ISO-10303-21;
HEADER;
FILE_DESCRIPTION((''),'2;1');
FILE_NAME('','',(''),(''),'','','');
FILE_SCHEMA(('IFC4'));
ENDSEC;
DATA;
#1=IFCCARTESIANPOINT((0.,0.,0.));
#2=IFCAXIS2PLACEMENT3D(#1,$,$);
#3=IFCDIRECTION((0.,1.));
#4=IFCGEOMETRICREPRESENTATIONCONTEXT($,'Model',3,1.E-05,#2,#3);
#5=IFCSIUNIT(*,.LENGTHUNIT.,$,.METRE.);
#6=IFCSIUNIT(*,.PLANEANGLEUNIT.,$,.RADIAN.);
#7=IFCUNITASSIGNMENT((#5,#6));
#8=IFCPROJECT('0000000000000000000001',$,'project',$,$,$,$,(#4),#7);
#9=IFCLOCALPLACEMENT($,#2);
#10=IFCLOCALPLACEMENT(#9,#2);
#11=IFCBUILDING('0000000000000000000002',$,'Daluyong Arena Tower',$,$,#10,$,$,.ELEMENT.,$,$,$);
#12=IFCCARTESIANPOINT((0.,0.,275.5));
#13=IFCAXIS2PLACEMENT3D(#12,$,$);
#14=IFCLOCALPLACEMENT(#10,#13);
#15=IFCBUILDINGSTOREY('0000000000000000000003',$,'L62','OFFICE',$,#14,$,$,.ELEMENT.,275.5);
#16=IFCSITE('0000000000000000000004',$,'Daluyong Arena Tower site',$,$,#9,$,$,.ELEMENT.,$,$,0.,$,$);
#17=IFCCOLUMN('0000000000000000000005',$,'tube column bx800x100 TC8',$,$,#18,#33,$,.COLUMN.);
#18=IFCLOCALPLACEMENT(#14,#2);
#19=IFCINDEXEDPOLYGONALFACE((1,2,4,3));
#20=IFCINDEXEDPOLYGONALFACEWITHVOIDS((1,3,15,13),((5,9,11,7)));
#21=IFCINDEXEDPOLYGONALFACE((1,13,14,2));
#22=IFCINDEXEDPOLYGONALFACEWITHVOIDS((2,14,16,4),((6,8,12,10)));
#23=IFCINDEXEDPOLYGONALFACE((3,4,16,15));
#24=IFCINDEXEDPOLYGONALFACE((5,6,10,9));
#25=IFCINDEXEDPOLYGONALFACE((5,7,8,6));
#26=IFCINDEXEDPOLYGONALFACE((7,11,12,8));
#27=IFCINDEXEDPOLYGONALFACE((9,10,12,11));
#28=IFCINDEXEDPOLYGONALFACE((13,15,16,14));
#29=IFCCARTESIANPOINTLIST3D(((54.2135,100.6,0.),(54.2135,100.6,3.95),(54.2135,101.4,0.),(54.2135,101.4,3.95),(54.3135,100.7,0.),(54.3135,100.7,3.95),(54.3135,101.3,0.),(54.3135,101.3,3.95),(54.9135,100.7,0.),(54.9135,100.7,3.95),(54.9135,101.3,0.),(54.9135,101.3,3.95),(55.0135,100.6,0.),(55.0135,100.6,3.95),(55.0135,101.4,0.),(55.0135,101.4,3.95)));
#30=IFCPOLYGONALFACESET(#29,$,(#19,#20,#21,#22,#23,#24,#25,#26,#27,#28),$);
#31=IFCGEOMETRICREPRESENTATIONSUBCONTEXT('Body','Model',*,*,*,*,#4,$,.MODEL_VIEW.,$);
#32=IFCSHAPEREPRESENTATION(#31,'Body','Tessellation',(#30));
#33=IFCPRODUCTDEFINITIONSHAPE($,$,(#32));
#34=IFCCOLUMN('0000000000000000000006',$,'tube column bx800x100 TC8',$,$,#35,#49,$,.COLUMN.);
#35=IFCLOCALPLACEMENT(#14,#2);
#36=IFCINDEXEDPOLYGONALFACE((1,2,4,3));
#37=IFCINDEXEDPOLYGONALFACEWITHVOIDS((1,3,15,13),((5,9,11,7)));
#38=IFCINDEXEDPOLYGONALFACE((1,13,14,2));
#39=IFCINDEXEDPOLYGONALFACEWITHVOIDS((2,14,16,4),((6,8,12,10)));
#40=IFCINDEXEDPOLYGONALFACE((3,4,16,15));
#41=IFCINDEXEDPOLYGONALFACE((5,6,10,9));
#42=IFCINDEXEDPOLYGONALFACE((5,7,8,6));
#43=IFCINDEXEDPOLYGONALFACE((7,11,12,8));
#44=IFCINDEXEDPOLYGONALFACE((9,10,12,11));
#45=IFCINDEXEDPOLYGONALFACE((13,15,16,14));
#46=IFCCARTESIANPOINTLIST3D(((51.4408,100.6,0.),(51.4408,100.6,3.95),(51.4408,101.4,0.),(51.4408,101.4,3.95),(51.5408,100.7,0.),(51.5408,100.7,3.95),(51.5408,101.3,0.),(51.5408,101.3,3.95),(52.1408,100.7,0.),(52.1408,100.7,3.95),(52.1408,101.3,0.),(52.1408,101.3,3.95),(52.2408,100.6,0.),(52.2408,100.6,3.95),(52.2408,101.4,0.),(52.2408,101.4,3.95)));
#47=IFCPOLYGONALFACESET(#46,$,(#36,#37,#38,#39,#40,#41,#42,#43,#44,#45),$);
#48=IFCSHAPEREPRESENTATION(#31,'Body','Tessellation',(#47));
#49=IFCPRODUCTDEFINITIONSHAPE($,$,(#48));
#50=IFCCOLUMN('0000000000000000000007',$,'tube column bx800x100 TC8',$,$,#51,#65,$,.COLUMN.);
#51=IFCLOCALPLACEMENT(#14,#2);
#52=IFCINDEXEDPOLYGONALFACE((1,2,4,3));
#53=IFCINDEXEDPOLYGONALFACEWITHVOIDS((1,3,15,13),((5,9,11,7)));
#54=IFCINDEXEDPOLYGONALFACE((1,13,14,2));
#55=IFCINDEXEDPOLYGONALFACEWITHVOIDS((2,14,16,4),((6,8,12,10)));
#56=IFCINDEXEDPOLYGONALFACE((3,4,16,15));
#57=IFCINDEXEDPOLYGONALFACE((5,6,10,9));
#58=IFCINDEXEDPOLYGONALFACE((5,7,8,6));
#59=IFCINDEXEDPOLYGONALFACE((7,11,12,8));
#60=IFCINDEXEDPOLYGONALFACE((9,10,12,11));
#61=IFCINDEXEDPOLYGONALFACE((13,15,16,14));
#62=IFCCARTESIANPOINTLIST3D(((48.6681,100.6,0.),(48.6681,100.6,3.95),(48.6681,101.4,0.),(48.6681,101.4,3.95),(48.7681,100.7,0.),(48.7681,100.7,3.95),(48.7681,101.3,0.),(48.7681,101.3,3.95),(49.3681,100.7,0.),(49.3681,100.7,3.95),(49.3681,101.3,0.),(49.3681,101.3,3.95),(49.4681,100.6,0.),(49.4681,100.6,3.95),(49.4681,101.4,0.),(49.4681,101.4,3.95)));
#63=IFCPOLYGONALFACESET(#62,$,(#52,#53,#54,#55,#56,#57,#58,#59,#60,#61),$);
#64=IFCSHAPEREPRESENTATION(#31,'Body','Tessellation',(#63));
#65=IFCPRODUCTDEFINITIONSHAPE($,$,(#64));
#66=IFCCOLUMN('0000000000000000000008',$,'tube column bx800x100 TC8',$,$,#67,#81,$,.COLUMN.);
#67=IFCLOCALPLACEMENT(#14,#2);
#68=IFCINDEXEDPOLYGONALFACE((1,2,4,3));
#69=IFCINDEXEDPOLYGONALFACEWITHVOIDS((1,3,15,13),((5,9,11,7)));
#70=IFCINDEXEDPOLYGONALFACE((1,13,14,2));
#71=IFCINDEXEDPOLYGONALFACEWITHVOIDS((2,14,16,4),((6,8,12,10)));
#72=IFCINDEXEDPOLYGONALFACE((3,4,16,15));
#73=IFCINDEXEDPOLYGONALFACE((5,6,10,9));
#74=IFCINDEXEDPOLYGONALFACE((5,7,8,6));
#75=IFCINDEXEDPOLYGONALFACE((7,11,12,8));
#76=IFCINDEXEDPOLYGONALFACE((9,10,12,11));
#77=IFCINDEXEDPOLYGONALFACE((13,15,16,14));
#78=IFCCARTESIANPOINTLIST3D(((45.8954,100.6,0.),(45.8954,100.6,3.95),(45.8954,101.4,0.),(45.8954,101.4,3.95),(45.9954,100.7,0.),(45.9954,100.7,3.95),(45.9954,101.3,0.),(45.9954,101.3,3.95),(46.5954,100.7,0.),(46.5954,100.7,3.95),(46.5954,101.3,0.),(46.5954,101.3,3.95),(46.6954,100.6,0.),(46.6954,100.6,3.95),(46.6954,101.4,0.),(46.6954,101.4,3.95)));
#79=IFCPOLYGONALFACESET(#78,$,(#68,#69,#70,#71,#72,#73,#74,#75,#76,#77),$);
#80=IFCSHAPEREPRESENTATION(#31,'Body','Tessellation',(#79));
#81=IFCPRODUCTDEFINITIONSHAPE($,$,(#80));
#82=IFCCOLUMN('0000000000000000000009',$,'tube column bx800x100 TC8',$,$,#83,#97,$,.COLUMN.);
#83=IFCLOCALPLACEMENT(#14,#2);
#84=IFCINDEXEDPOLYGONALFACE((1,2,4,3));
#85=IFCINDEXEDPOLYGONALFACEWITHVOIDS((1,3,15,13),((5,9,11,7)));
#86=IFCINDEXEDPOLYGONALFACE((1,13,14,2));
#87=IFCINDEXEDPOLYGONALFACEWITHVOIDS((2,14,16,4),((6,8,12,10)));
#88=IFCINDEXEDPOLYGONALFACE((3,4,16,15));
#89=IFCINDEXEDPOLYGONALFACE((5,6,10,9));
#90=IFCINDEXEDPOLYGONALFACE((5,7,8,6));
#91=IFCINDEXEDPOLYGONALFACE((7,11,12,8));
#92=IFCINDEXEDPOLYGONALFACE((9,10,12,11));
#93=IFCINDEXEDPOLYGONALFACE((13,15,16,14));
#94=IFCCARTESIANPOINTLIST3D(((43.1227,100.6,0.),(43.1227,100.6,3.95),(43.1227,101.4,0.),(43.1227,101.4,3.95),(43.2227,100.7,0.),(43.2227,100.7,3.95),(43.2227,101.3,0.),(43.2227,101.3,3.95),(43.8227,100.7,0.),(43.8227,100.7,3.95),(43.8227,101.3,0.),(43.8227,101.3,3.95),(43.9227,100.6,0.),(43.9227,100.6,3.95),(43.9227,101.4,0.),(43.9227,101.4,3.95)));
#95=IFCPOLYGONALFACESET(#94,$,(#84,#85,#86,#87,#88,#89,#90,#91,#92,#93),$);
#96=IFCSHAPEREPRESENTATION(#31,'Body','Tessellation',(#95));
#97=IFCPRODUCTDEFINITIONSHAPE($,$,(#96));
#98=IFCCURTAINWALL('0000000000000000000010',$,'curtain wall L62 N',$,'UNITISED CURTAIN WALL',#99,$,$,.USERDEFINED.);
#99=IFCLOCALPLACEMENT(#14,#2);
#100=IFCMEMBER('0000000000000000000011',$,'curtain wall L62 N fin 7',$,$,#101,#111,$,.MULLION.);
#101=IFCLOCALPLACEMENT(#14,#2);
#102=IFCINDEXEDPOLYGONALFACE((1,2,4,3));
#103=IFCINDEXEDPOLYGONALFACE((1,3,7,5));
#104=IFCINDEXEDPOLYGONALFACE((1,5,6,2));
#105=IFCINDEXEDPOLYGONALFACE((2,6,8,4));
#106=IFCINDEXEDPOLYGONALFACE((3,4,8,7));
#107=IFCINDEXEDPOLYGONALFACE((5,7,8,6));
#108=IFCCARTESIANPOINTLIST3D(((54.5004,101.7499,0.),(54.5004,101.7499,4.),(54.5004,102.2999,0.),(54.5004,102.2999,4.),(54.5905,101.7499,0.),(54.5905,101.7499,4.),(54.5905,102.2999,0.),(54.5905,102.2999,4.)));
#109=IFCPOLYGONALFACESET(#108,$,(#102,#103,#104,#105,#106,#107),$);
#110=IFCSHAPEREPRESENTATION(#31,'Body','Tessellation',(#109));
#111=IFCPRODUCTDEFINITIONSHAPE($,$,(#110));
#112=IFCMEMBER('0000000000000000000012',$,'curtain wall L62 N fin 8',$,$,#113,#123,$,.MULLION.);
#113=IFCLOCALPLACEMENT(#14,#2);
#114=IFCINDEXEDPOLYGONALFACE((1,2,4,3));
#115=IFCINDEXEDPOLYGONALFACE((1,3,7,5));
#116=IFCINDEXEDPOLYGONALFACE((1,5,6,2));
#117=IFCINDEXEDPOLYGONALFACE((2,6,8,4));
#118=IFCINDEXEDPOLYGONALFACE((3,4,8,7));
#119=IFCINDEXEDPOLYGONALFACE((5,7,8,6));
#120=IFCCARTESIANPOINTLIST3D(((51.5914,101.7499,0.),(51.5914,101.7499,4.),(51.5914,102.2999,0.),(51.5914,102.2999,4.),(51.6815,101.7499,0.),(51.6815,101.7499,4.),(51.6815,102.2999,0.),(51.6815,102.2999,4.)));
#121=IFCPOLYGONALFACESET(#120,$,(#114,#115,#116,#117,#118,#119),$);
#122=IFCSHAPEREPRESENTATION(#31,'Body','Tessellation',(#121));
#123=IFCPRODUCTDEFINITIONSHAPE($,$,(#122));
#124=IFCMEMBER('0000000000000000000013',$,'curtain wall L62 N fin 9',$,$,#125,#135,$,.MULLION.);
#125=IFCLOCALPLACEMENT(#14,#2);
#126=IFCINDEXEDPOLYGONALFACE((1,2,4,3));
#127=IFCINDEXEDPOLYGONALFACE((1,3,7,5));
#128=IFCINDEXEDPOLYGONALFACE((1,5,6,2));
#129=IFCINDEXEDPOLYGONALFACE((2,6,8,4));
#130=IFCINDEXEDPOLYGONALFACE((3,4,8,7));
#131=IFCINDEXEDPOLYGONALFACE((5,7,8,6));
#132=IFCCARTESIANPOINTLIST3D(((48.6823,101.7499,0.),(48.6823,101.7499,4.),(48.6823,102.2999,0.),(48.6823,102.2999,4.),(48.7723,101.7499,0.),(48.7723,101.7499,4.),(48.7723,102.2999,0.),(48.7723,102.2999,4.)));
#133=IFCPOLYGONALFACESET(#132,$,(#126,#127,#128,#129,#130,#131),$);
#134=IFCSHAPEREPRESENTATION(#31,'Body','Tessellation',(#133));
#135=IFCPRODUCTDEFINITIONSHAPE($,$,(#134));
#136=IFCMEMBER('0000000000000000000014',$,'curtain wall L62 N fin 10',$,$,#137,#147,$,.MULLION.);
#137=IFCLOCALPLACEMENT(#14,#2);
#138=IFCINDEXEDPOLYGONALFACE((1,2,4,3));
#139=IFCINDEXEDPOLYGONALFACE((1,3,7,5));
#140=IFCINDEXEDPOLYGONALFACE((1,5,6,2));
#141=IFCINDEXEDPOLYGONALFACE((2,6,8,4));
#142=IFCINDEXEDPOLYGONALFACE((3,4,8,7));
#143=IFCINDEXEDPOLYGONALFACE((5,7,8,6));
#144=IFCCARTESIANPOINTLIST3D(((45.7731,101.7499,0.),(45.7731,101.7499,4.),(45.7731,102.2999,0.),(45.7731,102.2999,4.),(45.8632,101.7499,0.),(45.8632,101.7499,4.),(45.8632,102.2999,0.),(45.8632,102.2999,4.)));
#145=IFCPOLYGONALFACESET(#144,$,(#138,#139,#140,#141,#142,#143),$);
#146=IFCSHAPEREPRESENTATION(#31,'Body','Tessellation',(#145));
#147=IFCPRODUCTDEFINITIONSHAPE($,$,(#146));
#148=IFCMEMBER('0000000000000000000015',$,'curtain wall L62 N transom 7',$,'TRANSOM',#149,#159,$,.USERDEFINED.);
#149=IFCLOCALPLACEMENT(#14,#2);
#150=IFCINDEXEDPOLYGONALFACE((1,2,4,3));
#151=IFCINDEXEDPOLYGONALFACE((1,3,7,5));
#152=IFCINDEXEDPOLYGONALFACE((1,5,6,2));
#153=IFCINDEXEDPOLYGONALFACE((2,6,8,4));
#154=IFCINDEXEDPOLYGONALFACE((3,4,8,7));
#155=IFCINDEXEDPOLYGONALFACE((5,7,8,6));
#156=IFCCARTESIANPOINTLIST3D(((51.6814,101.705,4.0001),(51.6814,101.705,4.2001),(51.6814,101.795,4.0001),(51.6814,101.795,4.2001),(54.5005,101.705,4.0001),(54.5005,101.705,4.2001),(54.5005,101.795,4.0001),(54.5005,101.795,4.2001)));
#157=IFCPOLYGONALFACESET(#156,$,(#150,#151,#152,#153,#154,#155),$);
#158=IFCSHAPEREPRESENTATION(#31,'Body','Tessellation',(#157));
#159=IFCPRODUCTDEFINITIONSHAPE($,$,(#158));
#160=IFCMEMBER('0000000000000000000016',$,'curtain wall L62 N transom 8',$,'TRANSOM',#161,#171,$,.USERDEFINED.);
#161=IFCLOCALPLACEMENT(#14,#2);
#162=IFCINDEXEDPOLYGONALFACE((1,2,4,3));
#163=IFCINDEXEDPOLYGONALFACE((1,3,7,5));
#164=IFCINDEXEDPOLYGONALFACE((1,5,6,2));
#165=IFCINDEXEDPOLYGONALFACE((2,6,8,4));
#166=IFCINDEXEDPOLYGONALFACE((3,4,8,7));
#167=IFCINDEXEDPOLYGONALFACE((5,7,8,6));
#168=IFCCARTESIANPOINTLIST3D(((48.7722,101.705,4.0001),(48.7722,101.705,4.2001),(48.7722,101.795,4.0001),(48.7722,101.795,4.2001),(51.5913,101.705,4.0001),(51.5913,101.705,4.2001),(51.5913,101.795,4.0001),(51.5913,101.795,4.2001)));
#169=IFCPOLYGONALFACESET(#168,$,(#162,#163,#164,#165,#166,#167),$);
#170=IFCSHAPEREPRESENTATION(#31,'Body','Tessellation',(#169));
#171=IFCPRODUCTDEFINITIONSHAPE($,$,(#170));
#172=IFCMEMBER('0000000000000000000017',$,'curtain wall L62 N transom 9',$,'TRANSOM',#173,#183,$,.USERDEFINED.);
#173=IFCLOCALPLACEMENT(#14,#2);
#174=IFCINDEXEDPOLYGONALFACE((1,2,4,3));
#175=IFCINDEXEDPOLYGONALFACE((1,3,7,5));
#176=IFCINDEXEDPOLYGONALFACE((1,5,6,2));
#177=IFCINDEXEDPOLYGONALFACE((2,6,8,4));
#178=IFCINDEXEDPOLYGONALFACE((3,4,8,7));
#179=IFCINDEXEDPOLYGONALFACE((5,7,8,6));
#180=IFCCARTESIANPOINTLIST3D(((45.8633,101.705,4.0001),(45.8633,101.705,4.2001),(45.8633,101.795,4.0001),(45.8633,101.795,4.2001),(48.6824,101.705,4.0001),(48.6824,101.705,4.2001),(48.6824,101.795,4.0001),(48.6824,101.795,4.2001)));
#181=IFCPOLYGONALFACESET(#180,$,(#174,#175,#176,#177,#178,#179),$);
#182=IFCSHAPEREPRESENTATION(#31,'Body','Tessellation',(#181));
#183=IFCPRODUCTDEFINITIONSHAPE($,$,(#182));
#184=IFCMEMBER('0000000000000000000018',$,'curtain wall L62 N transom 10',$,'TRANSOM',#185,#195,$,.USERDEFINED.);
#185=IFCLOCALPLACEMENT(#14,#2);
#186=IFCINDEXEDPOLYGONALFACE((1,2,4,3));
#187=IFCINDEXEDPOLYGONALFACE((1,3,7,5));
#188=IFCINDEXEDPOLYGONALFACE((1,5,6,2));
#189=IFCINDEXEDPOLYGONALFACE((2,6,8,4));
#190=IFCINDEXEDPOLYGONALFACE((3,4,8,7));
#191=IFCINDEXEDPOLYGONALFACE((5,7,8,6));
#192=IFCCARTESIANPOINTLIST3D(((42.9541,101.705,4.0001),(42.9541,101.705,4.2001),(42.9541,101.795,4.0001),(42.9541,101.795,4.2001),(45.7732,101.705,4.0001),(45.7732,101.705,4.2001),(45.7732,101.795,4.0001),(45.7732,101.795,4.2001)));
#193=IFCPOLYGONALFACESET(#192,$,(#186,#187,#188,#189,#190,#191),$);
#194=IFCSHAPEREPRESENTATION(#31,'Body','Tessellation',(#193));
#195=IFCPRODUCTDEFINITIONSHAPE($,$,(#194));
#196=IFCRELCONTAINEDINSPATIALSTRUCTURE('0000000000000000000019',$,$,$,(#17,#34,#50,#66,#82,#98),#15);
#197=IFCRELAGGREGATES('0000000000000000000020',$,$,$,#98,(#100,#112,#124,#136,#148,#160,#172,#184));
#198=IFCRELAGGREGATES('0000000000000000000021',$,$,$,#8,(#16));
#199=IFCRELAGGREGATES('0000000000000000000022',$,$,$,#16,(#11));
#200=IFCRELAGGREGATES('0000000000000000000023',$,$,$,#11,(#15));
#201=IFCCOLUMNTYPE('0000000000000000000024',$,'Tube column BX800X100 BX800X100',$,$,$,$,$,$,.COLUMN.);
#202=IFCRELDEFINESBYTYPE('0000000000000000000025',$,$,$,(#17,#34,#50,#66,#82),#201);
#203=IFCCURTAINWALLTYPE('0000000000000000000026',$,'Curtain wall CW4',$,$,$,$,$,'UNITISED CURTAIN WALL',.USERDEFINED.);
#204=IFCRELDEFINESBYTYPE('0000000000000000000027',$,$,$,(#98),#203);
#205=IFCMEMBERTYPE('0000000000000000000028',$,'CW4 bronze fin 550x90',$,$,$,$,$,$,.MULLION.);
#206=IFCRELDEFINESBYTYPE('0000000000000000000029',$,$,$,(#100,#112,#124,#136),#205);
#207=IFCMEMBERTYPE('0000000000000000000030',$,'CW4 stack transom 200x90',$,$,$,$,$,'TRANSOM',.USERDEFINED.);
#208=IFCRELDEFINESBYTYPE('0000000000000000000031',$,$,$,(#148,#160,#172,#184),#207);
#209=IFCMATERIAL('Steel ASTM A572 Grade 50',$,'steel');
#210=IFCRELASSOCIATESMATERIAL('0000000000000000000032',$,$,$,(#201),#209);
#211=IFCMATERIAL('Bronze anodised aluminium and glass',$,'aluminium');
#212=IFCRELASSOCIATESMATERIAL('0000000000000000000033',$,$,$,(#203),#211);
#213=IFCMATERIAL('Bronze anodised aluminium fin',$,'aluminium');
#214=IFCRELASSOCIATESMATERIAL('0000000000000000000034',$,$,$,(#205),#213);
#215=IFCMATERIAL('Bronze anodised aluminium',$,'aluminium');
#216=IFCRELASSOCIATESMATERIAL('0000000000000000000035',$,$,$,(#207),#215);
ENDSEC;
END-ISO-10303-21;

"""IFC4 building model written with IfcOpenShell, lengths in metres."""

from ifc_helpers import new_model, si_unit, direction, frame, origin, origin_2d, place, context, subcontext, project, spatial, rectangle, hollow_rectangle, extrude, material, material_profile, profile_set, type_object, element, aggregate, save


model = new_model("IFC4")

# Units and contexts
model_context = context("Model", 3, precision=1e-05, world=origin(), true_north=direction((0.0, 1.0)))
body_context = subcontext(model_context, "Body", "Model", "MODEL_VIEW")
ifc_project = project(units=[si_unit("LENGTHUNIT", "METRE"), si_unit("PLANEANGLEUNIT", "RADIAN")], contexts=[model_context])

# Site, building, storey
site_placement = place(None, origin())
site = spatial("IfcSite", under=ifc_project, at=site_placement, Name="Daluyong Arena Tower site", CompositionType="ELEMENT", RefElevation=0.0)
building_placement = place(site_placement, origin())
building = spatial("IfcBuilding", under=site, at=building_placement, Name="Daluyong Arena Tower", CompositionType="ELEMENT")
storey_placement = place(building_placement, frame((0.0, 0.0, 275.5)))
storey = spatial("IfcBuildingStorey", under=building, at=storey_placement, Name="L62", Description="OFFICE", CompositionType="ELEMENT", Elevation=275.5)

# Columns
ifc_material_1 = material(Name="Steel ASTM A572 Grade 50", Category="steel")
ifc_material_profile_1 = material_profile(ifc_material_1, hollow_rectangle(XDim=0.8, YDim=0.8, WallThickness=0.1, at=origin_2d()))
ifc_profile_set_1 = profile_set([ifc_material_profile_1], Name="Steel ASTM A572 Grade 50")
column_type = type_object("IfcColumnType", Name="Tube column BX800X100 BX800X100", PredefinedType="COLUMN", material=ifc_profile_set_1)
for number, where, z_axis, x_axis, name in (
    (1, (54.6135, 101.0, 0.0), (0.0, 0.0, 1.0), (1.0, 0.0, 0.0), "tube column bx800x100 TC8"),
    (2, (51.8408, 101.0, 0.0), (0.0, 0.0, 1.0), (1.0, 0.0, 0.0), "tube column bx800x100 TC8"),
    (3, (49.0681, 101.0, 0.0), (0.0, 0.0, 1.0), (1.0, 0.0, 0.0), "tube column bx800x100 TC8"),
    (4, (46.2954, 101.0, 0.0), (0.0, 0.0, 1.0), (1.0, 0.0, 0.0), "tube column bx800x100 TC8"),
    (5, (43.5227, 101.0, 0.0), (0.0, 0.0, 1.0), (1.0, 0.0, 0.0), "tube column bx800x100 TC8"),
):
    element("IfcColumn", number, at=place(storey_placement, frame(where, z_axis=z_axis, x_axis=x_axis)), inside=storey, type_object=column_type, Name=name, PredefinedType="COLUMN", context=body_context, shape_type="SweptSolid", body=[
        extrude(hollow_rectangle(XDim=0.8, YDim=0.8, WallThickness=0.1, at=origin_2d()), origin(), (0.0, 0.0, 1.0), 3.95),
    ])

# Curtain wall, members
ifc_material_2 = material(Name="Bronze anodised aluminium and glass", Category="aluminium")
curtain_wall_type = type_object("IfcCurtainWallType", Name="Curtain wall CW4", ElementType="UNITISED CURTAIN WALL", PredefinedType="USERDEFINED", material=ifc_material_2)
curtain_wall_placement = place(storey_placement, origin())
curtain_wall = element("IfcCurtainWall", 6, at=curtain_wall_placement, inside=storey, type_object=curtain_wall_type, Name="curtain wall L62 N", ObjectType="UNITISED CURTAIN WALL", PredefinedType="USERDEFINED")
ifc_material_3 = material(Name="Bronze anodised aluminium fin", Category="aluminium")
ifc_material_profile_2 = material_profile(ifc_material_3, rectangle(XDim=0.55, YDim=0.0901, at=origin_2d()))
ifc_profile_set_2 = profile_set([ifc_material_profile_2], Name="Bronze anodised aluminium fin")
member_type_1 = type_object("IfcMemberType", Name="CW4 bronze fin 550x90", PredefinedType="MULLION", material=ifc_profile_set_2)
member_1_placement = place(storey_placement, frame((54.5454, 102.0249, 0.0), z_axis=(0.0, 0.0, 1.0), x_axis=(0.0, -1.0, 0.0)))
member_1 = element("IfcMember", 7, at=member_1_placement, type_object=member_type_1, Name="curtain wall L62 N fin 7", PredefinedType="MULLION", context=body_context, shape_type="SweptSolid", body=[
    extrude(rectangle(XDim=0.55, YDim=0.0901, at=origin_2d()), origin(), (0.0, 0.0, 1.0), 4.0),
])
member_2_placement = place(storey_placement, frame((51.6365, 102.0249, 0.0), z_axis=(0.0, 0.0, 1.0), x_axis=(0.0, -1.0, 0.0)))
member_2 = element("IfcMember", 8, at=member_2_placement, type_object=member_type_1, Name="curtain wall L62 N fin 8", PredefinedType="MULLION", context=body_context, shape_type="SweptSolid", body=[
    extrude(rectangle(XDim=0.55, YDim=0.0901, at=origin_2d()), origin(), (0.0, 0.0, 1.0), 4.0),
])
member_3_placement = place(storey_placement, frame((48.7273, 102.0249, 0.0), z_axis=(0.0, 0.0, 1.0), x_axis=(0.0, -1.0, 0.0)))
member_3 = element("IfcMember", 9, at=member_3_placement, type_object=member_type_1, Name="curtain wall L62 N fin 9", PredefinedType="MULLION", context=body_context, shape_type="SweptSolid", body=[
    extrude(rectangle(XDim=0.55, YDim=0.0901, at=origin_2d()), origin(), (0.0, 0.0, 1.0), 4.0),
])
member_4_placement = place(storey_placement, frame((45.8181, 102.0249, 0.0), z_axis=(0.0, 0.0, 1.0), x_axis=(0.0, -1.0, 0.0)))
member_4 = element("IfcMember", 10, at=member_4_placement, type_object=member_type_1, Name="curtain wall L62 N fin 10", PredefinedType="MULLION", context=body_context, shape_type="SweptSolid", body=[
    extrude(rectangle(XDim=0.55, YDim=0.0901, at=origin_2d()), origin(), (0.0, 0.0, 1.0), 4.0),
])
ifc_material_4 = material(Name="Bronze anodised aluminium", Category="aluminium")
ifc_material_profile_3 = material_profile(ifc_material_4, rectangle(XDim=0.0901, YDim=0.2, at=origin_2d()))
ifc_profile_set_3 = profile_set([ifc_material_profile_3], Name="Bronze anodised aluminium")
member_type_2 = type_object("IfcMemberType", Name="CW4 stack transom 200x90", ElementType="TRANSOM", PredefinedType="USERDEFINED", material=ifc_profile_set_3)
member_5_placement = place(storey_placement, frame((54.5005, 101.75, 4.1001), z_axis=(-1.0, 0.0, 0.0), x_axis=(0.0, -1.0, 0.0)))
member_5 = element("IfcMember", 11, at=member_5_placement, type_object=member_type_2, Name="curtain wall L62 N transom 7", ObjectType="TRANSOM", PredefinedType="USERDEFINED", context=body_context, shape_type="SweptSolid", body=[
    extrude(rectangle(XDim=0.0901, YDim=0.2, at=origin_2d()), origin(), (0.0, 0.0, 1.0), 2.8191),
])
member_6_placement = place(storey_placement, frame((51.5913, 101.75, 4.1001), z_axis=(-1.0, 0.0, 0.0), x_axis=(0.0, -1.0, 0.0)))
member_6 = element("IfcMember", 12, at=member_6_placement, type_object=member_type_2, Name="curtain wall L62 N transom 8", ObjectType="TRANSOM", PredefinedType="USERDEFINED", context=body_context, shape_type="SweptSolid", body=[
    extrude(rectangle(XDim=0.0901, YDim=0.2, at=origin_2d()), origin(), (0.0, 0.0, 1.0), 2.8191),
])
member_7_placement = place(storey_placement, frame((48.6824, 101.75, 4.1001), z_axis=(-1.0, 0.0, 0.0), x_axis=(0.0, -1.0, 0.0)))
member_7 = element("IfcMember", 13, at=member_7_placement, type_object=member_type_2, Name="curtain wall L62 N transom 9", ObjectType="TRANSOM", PredefinedType="USERDEFINED", context=body_context, shape_type="SweptSolid", body=[
    extrude(rectangle(XDim=0.0901, YDim=0.2, at=origin_2d()), origin(), (0.0, 0.0, 1.0), 2.8191),
])
member_8_placement = place(storey_placement, frame((45.7732, 101.75, 4.1001), z_axis=(-1.0, 0.0, 0.0), x_axis=(0.0, -1.0, 0.0)))
member_8 = element("IfcMember", 14, at=member_8_placement, type_object=member_type_2, Name="curtain wall L62 N transom 10", ObjectType="TRANSOM", PredefinedType="USERDEFINED", context=body_context, shape_type="SweptSolid", body=[
    extrude(rectangle(XDim=0.0901, YDim=0.2, at=origin_2d()), origin(), (0.0, 0.0, 1.0), 2.8191),
])

aggregate(curtain_wall, [member_1, member_2, member_3, member_4, member_5, member_6, member_7, member_8])

save(model, "model.ifc")
